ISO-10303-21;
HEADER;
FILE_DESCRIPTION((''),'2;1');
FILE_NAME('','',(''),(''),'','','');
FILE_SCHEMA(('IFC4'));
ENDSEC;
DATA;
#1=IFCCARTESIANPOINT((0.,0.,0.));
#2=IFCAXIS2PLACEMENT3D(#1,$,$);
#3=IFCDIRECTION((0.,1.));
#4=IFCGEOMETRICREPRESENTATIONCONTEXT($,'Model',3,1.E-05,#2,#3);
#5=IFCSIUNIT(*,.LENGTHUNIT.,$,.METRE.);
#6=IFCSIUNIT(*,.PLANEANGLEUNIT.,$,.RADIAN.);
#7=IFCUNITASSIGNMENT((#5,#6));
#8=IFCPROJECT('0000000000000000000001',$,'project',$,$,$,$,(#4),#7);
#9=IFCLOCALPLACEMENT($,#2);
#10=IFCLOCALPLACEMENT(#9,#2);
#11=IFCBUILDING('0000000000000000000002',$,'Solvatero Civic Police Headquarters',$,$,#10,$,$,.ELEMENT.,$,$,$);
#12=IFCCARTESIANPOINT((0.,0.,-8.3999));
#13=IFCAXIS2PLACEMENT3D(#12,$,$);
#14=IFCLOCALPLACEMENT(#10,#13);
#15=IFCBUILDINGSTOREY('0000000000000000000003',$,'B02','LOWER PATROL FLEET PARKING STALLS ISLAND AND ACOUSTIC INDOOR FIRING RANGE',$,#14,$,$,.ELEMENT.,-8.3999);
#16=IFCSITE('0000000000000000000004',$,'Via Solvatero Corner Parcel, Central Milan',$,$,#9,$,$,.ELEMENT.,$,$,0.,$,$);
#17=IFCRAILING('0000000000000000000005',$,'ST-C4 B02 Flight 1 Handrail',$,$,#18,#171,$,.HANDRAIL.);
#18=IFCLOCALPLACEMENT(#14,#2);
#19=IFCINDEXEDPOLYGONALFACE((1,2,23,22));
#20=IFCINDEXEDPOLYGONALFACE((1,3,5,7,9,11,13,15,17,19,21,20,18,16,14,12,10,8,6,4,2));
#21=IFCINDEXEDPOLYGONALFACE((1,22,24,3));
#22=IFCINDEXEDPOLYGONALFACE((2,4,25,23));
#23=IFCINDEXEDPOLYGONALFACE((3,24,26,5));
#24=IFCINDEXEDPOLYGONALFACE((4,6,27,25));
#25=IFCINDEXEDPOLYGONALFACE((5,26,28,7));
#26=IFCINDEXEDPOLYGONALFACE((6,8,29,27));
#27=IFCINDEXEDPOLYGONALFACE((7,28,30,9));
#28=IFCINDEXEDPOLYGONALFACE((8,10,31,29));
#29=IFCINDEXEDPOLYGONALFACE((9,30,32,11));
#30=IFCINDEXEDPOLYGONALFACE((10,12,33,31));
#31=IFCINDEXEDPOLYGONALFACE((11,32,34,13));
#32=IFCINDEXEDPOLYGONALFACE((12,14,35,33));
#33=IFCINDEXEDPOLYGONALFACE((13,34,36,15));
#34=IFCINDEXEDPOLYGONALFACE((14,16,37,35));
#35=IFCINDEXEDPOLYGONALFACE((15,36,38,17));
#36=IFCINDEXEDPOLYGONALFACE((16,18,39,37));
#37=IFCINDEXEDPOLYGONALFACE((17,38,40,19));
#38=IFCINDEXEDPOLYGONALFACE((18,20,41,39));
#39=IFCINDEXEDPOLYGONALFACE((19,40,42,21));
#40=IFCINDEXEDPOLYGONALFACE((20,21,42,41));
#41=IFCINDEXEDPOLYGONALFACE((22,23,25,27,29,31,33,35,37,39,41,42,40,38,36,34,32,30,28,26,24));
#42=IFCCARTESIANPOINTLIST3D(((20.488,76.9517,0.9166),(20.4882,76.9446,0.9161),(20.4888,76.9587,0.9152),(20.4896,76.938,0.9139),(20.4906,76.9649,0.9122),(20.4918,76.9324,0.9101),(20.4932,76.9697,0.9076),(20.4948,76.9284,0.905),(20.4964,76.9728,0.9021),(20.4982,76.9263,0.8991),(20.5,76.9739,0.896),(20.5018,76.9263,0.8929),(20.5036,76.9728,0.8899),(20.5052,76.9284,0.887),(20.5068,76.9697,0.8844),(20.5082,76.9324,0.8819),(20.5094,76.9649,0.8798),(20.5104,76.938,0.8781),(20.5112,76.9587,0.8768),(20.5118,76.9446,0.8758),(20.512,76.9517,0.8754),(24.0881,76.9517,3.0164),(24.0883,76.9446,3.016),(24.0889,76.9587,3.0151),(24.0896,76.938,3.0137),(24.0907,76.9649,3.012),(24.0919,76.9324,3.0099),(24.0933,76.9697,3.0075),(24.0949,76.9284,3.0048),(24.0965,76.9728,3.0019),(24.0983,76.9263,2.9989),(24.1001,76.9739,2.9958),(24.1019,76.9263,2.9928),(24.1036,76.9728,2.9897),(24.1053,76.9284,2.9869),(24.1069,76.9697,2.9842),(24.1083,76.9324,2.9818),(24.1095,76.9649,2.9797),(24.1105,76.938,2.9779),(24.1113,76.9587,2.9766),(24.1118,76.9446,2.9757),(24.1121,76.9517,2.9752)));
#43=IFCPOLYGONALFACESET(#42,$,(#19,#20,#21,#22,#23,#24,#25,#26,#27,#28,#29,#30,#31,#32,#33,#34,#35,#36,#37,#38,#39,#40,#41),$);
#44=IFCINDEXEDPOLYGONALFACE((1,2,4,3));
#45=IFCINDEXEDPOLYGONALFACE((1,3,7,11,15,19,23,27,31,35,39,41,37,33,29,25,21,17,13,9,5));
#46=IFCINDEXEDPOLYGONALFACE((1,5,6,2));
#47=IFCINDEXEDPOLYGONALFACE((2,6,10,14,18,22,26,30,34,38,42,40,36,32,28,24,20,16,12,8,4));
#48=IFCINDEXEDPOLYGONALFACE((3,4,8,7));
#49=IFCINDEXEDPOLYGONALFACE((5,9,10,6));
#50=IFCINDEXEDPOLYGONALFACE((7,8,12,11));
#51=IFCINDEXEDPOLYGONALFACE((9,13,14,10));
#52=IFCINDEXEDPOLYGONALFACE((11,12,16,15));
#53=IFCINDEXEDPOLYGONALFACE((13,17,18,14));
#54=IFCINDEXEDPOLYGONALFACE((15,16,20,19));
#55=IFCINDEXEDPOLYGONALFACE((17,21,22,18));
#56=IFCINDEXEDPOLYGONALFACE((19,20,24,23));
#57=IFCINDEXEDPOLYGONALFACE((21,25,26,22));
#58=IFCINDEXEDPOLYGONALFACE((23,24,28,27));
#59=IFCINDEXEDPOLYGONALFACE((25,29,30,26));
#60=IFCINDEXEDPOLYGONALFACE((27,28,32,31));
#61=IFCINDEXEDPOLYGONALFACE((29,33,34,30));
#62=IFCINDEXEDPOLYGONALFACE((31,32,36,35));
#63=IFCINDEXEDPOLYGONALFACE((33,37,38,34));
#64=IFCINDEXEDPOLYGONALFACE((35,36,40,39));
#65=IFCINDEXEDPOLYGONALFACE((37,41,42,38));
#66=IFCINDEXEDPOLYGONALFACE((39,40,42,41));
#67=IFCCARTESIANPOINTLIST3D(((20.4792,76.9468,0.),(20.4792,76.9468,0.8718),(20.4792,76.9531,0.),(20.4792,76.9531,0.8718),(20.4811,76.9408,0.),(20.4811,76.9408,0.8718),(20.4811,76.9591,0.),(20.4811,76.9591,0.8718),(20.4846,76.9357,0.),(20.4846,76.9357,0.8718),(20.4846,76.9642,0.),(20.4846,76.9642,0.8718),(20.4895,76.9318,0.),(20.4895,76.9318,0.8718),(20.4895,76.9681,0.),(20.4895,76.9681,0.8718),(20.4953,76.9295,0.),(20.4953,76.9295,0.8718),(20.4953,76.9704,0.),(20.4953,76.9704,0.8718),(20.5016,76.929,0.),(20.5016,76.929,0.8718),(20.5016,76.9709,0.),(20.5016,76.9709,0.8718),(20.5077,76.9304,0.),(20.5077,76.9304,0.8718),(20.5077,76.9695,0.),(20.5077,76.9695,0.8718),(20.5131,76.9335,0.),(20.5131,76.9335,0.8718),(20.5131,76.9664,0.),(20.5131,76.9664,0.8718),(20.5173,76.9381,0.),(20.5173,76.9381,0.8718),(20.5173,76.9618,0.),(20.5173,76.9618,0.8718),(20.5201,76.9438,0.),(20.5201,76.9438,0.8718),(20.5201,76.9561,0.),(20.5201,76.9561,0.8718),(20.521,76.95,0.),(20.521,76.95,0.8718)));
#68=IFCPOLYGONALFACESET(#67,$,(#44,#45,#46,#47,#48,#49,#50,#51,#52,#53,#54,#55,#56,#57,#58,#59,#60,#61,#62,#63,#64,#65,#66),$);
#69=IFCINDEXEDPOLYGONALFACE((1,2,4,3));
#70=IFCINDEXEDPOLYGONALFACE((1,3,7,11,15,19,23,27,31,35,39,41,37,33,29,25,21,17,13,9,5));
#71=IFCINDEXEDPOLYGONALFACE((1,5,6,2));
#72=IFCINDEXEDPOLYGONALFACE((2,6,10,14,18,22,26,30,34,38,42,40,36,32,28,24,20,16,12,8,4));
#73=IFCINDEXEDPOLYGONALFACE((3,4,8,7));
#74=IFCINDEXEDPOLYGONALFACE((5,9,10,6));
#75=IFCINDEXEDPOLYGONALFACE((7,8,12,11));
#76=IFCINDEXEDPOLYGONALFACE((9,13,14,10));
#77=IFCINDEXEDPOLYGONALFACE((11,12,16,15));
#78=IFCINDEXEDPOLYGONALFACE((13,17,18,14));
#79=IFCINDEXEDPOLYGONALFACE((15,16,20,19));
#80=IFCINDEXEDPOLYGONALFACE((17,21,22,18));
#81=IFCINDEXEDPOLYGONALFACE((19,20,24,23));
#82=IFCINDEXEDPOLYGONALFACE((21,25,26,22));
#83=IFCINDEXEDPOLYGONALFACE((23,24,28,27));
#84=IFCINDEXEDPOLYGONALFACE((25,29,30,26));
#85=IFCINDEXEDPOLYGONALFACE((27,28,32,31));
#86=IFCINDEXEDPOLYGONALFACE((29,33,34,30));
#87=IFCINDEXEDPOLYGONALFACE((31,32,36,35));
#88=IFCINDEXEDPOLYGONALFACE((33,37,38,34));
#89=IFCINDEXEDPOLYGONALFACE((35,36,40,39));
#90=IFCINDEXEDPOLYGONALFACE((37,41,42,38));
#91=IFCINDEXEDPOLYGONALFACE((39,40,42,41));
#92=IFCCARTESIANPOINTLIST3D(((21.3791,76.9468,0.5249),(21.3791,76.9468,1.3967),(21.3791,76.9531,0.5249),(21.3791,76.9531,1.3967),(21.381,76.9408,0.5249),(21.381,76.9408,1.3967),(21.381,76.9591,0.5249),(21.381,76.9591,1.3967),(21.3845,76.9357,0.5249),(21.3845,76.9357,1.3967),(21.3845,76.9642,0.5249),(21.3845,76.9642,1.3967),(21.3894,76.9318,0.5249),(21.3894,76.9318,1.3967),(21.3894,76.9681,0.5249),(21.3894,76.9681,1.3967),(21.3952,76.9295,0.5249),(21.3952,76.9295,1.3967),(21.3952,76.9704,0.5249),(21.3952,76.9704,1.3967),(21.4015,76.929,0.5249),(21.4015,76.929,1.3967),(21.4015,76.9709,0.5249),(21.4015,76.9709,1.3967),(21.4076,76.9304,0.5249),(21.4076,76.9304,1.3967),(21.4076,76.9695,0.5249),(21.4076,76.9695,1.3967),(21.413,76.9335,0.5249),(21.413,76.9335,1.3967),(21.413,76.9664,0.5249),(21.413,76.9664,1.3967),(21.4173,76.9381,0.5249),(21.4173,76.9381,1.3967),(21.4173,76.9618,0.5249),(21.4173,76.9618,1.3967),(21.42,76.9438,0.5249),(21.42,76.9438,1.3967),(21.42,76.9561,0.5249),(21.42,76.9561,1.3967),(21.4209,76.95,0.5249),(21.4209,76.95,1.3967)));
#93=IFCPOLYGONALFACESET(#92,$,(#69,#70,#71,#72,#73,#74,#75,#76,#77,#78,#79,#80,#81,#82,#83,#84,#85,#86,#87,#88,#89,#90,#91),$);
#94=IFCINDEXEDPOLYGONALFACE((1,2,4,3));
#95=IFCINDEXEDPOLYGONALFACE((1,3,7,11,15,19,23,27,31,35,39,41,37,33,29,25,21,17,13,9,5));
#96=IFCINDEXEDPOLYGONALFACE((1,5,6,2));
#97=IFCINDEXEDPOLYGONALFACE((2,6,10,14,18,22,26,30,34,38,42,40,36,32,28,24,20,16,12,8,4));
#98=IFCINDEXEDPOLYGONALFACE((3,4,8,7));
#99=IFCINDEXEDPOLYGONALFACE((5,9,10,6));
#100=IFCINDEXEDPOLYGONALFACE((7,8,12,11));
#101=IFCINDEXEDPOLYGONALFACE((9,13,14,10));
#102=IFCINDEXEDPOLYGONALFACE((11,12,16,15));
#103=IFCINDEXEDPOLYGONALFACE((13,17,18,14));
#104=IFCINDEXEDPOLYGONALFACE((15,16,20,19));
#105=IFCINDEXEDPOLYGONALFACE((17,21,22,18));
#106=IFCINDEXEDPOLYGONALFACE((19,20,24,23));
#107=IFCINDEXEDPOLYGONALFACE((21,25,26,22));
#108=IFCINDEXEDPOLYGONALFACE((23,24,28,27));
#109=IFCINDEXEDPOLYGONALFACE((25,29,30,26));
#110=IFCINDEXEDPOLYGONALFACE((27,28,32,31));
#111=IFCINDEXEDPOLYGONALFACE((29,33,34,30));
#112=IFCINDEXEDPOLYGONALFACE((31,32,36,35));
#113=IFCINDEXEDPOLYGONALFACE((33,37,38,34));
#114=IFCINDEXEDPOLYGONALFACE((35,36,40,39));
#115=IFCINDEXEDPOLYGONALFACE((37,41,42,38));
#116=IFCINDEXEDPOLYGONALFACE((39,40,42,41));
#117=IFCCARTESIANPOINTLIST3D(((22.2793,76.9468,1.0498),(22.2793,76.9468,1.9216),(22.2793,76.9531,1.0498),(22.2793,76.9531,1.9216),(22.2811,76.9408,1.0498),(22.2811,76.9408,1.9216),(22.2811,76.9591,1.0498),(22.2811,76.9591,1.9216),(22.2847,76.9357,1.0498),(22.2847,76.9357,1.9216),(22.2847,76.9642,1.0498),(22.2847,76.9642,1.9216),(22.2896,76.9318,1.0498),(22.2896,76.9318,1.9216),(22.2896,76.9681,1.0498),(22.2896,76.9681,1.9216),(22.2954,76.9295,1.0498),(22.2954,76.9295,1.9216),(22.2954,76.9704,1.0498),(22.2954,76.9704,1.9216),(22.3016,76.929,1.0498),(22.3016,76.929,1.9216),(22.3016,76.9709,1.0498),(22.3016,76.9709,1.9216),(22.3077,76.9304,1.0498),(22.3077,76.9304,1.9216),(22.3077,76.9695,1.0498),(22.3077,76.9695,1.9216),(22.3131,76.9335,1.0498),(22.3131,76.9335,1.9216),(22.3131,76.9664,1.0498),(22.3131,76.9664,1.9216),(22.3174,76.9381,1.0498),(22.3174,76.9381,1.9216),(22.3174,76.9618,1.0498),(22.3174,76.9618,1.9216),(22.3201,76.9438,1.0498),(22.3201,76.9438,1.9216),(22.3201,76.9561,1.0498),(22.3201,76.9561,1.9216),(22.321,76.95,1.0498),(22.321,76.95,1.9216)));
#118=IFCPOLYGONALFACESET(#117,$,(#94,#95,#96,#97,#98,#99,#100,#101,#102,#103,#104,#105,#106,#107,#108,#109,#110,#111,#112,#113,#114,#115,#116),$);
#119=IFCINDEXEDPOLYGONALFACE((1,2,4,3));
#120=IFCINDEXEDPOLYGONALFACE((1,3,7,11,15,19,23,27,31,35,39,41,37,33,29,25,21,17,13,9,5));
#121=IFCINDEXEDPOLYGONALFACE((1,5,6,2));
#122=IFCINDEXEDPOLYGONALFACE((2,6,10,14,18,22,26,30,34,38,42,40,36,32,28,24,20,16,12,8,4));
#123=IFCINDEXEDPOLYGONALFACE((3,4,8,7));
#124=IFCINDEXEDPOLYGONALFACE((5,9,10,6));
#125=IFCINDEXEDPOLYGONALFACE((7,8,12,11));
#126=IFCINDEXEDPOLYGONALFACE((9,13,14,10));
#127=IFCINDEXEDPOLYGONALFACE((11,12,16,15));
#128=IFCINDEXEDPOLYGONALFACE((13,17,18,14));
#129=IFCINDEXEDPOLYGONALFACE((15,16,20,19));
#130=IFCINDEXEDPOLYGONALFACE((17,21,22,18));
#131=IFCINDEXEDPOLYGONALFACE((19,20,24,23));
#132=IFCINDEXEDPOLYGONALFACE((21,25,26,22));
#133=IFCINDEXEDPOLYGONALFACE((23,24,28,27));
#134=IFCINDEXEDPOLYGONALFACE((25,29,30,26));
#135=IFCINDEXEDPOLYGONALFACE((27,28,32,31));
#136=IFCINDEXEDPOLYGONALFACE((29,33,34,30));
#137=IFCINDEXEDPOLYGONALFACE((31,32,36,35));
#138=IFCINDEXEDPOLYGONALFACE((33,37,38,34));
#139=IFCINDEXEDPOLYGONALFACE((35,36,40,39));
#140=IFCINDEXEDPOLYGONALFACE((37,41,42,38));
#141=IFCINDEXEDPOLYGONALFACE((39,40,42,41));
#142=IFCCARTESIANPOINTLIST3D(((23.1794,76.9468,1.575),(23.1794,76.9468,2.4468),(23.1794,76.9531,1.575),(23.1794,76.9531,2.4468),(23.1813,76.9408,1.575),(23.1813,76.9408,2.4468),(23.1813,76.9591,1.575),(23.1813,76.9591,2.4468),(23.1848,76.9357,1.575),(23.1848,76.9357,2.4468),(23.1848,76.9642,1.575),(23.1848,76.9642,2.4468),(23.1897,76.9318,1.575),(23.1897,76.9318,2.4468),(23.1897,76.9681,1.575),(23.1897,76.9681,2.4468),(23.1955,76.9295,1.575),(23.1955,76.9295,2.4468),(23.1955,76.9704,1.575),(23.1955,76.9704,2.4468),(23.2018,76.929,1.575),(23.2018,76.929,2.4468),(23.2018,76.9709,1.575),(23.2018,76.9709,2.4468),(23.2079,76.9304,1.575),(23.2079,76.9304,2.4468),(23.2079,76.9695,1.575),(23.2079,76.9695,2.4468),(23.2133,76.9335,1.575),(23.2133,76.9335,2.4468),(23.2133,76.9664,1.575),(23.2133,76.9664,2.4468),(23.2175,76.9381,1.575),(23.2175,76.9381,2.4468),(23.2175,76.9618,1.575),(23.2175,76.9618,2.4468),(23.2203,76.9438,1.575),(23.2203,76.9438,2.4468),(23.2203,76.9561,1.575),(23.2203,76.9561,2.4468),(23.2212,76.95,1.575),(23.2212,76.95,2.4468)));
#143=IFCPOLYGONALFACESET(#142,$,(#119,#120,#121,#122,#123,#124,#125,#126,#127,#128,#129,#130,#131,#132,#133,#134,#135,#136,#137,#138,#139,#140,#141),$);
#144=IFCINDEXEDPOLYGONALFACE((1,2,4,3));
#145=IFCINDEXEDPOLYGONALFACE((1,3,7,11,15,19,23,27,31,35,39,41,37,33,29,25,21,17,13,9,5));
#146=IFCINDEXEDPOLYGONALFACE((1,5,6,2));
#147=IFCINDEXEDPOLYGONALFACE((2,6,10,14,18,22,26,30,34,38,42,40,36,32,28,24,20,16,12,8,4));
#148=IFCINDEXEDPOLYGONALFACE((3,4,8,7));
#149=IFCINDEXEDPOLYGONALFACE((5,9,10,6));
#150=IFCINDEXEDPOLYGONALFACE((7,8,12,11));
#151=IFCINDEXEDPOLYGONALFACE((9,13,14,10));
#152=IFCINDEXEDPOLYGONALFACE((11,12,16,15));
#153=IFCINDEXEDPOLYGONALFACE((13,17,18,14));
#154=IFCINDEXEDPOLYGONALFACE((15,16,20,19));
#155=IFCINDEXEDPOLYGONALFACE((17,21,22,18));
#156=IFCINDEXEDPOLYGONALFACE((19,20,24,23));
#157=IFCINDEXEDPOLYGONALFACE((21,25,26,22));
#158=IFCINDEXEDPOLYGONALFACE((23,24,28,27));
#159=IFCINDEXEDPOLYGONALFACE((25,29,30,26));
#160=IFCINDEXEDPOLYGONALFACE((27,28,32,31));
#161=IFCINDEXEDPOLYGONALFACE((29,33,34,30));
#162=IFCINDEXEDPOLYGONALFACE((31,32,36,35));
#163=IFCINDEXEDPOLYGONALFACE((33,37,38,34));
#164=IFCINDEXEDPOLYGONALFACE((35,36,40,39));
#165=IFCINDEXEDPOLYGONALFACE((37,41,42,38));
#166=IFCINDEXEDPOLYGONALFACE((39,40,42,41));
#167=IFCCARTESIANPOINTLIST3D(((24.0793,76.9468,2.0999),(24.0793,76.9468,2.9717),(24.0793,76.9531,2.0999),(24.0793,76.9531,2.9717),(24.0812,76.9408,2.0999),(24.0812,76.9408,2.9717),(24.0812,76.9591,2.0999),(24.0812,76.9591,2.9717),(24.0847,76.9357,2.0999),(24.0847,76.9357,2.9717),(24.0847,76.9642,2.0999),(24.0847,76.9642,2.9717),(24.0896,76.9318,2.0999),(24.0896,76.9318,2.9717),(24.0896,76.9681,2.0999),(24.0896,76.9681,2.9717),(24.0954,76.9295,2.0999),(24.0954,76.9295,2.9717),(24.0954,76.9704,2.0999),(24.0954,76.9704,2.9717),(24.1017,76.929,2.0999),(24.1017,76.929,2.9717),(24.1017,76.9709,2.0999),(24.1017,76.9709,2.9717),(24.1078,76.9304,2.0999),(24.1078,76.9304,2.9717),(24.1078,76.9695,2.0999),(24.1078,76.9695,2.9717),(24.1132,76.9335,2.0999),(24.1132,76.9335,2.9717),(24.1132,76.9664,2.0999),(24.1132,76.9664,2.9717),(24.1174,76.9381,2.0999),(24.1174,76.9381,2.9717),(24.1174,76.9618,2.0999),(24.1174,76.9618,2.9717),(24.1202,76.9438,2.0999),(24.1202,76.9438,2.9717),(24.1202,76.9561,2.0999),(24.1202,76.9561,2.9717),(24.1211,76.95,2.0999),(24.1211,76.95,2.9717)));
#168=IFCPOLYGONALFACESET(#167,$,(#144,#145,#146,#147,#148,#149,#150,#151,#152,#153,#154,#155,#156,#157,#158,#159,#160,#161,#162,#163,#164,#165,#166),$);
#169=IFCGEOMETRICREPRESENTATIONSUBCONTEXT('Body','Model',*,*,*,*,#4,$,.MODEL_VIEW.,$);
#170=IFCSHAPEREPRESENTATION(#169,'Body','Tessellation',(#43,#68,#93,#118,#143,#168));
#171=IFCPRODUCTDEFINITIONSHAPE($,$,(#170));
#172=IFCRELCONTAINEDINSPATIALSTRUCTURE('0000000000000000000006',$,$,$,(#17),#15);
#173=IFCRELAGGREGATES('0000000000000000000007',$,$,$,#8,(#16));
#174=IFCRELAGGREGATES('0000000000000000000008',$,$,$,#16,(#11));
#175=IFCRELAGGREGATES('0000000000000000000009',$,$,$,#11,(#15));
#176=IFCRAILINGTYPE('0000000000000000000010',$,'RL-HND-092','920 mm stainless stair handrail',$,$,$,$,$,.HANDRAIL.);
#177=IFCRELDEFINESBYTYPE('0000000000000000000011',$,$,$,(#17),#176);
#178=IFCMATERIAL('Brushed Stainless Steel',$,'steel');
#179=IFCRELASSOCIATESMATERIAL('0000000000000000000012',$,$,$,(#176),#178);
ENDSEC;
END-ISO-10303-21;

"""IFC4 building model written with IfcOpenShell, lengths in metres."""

from ifc_helpers import new_model, si_unit, direction, frame, origin, origin_2d, place, context, subcontext, project, spatial, circle, extrude, material, type_object, element, save


model = new_model("IFC4")

# Units and contexts
model_context = context("Model", 3, precision=1e-05, world=origin(), true_north=direction((0.0, 1.0)))
body_context = subcontext(model_context, "Body", "Model", "MODEL_VIEW")
ifc_project = project(units=[si_unit("LENGTHUNIT", "METRE"), si_unit("PLANEANGLEUNIT", "RADIAN")], contexts=[model_context])

# Site, building, storey
site_placement = place(None, origin())
site = spatial("IfcSite", under=ifc_project, at=site_placement, Name="Via Solvatero Corner Parcel, Central Milan", CompositionType="ELEMENT", RefElevation=0.0)
building_placement = place(site_placement, origin())
building = spatial("IfcBuilding", under=site, at=building_placement, Name="Solvatero Civic Police Headquarters", CompositionType="ELEMENT")
storey_placement = place(building_placement, frame((0.0, 0.0, -8.3999)))
storey = spatial("IfcBuildingStorey", under=building, at=storey_placement, Name="B02", Description="LOWER PATROL FLEET PARKING STALLS ISLAND AND ACOUSTIC INDOOR FIRING RANGE", CompositionType="ELEMENT", Elevation=-8.3999)

# Railing
ifc_material_1 = material(Name="Brushed Stainless Steel", Category="steel")
railing_type_1 = type_object("IfcRailingType", Name="RL-HND-092", Description="920 mm stainless stair handrail", PredefinedType="HANDRAIL", material=ifc_material_1)
railing_1_placement = place(storey_placement, frame((20.5, 76.95, 0.0)))
element("IfcRailing", 1, at=railing_1_placement, inside=storey, type_object=railing_type_1, Name="ST-C4 B02 Flight 1 Handrail", PredefinedType="HANDRAIL", context=body_context, shape_type="SweptSolid", body=[
    extrude(circle(Radius=0.0239, at=origin_2d()), frame((0.0, 0.0, 0.896), z_axis=(0.8638, 0.0, 0.503835), x_axis=(0.0, 1.0, 0.0)), (0.0, 0.0, 1.0), 4.1677),
    extrude(circle(Radius=0.021, at=origin_2d()), origin(), (0.0, 0.0, 1.0), 0.8718),
    extrude(circle(Radius=0.021, at=origin_2d()), frame((0.8999, 0.0, 0.5249)), (0.0, 0.0, 1.0), 0.8718),
    extrude(circle(Radius=0.021, at=origin_2d()), frame((1.8, 0.0, 1.0498)), (0.0, 0.0, 1.0), 0.8718),
    extrude(circle(Radius=0.021, at=origin_2d()), frame((2.7002, 0.0, 1.575)), (0.0, 0.0, 1.0), 0.8718),
    extrude(circle(Radius=0.021, at=origin_2d()), frame((3.6001, 0.0, 2.0999)), (0.0, 0.0, 1.0), 0.8718),
])

save(model, "model.ifc")
